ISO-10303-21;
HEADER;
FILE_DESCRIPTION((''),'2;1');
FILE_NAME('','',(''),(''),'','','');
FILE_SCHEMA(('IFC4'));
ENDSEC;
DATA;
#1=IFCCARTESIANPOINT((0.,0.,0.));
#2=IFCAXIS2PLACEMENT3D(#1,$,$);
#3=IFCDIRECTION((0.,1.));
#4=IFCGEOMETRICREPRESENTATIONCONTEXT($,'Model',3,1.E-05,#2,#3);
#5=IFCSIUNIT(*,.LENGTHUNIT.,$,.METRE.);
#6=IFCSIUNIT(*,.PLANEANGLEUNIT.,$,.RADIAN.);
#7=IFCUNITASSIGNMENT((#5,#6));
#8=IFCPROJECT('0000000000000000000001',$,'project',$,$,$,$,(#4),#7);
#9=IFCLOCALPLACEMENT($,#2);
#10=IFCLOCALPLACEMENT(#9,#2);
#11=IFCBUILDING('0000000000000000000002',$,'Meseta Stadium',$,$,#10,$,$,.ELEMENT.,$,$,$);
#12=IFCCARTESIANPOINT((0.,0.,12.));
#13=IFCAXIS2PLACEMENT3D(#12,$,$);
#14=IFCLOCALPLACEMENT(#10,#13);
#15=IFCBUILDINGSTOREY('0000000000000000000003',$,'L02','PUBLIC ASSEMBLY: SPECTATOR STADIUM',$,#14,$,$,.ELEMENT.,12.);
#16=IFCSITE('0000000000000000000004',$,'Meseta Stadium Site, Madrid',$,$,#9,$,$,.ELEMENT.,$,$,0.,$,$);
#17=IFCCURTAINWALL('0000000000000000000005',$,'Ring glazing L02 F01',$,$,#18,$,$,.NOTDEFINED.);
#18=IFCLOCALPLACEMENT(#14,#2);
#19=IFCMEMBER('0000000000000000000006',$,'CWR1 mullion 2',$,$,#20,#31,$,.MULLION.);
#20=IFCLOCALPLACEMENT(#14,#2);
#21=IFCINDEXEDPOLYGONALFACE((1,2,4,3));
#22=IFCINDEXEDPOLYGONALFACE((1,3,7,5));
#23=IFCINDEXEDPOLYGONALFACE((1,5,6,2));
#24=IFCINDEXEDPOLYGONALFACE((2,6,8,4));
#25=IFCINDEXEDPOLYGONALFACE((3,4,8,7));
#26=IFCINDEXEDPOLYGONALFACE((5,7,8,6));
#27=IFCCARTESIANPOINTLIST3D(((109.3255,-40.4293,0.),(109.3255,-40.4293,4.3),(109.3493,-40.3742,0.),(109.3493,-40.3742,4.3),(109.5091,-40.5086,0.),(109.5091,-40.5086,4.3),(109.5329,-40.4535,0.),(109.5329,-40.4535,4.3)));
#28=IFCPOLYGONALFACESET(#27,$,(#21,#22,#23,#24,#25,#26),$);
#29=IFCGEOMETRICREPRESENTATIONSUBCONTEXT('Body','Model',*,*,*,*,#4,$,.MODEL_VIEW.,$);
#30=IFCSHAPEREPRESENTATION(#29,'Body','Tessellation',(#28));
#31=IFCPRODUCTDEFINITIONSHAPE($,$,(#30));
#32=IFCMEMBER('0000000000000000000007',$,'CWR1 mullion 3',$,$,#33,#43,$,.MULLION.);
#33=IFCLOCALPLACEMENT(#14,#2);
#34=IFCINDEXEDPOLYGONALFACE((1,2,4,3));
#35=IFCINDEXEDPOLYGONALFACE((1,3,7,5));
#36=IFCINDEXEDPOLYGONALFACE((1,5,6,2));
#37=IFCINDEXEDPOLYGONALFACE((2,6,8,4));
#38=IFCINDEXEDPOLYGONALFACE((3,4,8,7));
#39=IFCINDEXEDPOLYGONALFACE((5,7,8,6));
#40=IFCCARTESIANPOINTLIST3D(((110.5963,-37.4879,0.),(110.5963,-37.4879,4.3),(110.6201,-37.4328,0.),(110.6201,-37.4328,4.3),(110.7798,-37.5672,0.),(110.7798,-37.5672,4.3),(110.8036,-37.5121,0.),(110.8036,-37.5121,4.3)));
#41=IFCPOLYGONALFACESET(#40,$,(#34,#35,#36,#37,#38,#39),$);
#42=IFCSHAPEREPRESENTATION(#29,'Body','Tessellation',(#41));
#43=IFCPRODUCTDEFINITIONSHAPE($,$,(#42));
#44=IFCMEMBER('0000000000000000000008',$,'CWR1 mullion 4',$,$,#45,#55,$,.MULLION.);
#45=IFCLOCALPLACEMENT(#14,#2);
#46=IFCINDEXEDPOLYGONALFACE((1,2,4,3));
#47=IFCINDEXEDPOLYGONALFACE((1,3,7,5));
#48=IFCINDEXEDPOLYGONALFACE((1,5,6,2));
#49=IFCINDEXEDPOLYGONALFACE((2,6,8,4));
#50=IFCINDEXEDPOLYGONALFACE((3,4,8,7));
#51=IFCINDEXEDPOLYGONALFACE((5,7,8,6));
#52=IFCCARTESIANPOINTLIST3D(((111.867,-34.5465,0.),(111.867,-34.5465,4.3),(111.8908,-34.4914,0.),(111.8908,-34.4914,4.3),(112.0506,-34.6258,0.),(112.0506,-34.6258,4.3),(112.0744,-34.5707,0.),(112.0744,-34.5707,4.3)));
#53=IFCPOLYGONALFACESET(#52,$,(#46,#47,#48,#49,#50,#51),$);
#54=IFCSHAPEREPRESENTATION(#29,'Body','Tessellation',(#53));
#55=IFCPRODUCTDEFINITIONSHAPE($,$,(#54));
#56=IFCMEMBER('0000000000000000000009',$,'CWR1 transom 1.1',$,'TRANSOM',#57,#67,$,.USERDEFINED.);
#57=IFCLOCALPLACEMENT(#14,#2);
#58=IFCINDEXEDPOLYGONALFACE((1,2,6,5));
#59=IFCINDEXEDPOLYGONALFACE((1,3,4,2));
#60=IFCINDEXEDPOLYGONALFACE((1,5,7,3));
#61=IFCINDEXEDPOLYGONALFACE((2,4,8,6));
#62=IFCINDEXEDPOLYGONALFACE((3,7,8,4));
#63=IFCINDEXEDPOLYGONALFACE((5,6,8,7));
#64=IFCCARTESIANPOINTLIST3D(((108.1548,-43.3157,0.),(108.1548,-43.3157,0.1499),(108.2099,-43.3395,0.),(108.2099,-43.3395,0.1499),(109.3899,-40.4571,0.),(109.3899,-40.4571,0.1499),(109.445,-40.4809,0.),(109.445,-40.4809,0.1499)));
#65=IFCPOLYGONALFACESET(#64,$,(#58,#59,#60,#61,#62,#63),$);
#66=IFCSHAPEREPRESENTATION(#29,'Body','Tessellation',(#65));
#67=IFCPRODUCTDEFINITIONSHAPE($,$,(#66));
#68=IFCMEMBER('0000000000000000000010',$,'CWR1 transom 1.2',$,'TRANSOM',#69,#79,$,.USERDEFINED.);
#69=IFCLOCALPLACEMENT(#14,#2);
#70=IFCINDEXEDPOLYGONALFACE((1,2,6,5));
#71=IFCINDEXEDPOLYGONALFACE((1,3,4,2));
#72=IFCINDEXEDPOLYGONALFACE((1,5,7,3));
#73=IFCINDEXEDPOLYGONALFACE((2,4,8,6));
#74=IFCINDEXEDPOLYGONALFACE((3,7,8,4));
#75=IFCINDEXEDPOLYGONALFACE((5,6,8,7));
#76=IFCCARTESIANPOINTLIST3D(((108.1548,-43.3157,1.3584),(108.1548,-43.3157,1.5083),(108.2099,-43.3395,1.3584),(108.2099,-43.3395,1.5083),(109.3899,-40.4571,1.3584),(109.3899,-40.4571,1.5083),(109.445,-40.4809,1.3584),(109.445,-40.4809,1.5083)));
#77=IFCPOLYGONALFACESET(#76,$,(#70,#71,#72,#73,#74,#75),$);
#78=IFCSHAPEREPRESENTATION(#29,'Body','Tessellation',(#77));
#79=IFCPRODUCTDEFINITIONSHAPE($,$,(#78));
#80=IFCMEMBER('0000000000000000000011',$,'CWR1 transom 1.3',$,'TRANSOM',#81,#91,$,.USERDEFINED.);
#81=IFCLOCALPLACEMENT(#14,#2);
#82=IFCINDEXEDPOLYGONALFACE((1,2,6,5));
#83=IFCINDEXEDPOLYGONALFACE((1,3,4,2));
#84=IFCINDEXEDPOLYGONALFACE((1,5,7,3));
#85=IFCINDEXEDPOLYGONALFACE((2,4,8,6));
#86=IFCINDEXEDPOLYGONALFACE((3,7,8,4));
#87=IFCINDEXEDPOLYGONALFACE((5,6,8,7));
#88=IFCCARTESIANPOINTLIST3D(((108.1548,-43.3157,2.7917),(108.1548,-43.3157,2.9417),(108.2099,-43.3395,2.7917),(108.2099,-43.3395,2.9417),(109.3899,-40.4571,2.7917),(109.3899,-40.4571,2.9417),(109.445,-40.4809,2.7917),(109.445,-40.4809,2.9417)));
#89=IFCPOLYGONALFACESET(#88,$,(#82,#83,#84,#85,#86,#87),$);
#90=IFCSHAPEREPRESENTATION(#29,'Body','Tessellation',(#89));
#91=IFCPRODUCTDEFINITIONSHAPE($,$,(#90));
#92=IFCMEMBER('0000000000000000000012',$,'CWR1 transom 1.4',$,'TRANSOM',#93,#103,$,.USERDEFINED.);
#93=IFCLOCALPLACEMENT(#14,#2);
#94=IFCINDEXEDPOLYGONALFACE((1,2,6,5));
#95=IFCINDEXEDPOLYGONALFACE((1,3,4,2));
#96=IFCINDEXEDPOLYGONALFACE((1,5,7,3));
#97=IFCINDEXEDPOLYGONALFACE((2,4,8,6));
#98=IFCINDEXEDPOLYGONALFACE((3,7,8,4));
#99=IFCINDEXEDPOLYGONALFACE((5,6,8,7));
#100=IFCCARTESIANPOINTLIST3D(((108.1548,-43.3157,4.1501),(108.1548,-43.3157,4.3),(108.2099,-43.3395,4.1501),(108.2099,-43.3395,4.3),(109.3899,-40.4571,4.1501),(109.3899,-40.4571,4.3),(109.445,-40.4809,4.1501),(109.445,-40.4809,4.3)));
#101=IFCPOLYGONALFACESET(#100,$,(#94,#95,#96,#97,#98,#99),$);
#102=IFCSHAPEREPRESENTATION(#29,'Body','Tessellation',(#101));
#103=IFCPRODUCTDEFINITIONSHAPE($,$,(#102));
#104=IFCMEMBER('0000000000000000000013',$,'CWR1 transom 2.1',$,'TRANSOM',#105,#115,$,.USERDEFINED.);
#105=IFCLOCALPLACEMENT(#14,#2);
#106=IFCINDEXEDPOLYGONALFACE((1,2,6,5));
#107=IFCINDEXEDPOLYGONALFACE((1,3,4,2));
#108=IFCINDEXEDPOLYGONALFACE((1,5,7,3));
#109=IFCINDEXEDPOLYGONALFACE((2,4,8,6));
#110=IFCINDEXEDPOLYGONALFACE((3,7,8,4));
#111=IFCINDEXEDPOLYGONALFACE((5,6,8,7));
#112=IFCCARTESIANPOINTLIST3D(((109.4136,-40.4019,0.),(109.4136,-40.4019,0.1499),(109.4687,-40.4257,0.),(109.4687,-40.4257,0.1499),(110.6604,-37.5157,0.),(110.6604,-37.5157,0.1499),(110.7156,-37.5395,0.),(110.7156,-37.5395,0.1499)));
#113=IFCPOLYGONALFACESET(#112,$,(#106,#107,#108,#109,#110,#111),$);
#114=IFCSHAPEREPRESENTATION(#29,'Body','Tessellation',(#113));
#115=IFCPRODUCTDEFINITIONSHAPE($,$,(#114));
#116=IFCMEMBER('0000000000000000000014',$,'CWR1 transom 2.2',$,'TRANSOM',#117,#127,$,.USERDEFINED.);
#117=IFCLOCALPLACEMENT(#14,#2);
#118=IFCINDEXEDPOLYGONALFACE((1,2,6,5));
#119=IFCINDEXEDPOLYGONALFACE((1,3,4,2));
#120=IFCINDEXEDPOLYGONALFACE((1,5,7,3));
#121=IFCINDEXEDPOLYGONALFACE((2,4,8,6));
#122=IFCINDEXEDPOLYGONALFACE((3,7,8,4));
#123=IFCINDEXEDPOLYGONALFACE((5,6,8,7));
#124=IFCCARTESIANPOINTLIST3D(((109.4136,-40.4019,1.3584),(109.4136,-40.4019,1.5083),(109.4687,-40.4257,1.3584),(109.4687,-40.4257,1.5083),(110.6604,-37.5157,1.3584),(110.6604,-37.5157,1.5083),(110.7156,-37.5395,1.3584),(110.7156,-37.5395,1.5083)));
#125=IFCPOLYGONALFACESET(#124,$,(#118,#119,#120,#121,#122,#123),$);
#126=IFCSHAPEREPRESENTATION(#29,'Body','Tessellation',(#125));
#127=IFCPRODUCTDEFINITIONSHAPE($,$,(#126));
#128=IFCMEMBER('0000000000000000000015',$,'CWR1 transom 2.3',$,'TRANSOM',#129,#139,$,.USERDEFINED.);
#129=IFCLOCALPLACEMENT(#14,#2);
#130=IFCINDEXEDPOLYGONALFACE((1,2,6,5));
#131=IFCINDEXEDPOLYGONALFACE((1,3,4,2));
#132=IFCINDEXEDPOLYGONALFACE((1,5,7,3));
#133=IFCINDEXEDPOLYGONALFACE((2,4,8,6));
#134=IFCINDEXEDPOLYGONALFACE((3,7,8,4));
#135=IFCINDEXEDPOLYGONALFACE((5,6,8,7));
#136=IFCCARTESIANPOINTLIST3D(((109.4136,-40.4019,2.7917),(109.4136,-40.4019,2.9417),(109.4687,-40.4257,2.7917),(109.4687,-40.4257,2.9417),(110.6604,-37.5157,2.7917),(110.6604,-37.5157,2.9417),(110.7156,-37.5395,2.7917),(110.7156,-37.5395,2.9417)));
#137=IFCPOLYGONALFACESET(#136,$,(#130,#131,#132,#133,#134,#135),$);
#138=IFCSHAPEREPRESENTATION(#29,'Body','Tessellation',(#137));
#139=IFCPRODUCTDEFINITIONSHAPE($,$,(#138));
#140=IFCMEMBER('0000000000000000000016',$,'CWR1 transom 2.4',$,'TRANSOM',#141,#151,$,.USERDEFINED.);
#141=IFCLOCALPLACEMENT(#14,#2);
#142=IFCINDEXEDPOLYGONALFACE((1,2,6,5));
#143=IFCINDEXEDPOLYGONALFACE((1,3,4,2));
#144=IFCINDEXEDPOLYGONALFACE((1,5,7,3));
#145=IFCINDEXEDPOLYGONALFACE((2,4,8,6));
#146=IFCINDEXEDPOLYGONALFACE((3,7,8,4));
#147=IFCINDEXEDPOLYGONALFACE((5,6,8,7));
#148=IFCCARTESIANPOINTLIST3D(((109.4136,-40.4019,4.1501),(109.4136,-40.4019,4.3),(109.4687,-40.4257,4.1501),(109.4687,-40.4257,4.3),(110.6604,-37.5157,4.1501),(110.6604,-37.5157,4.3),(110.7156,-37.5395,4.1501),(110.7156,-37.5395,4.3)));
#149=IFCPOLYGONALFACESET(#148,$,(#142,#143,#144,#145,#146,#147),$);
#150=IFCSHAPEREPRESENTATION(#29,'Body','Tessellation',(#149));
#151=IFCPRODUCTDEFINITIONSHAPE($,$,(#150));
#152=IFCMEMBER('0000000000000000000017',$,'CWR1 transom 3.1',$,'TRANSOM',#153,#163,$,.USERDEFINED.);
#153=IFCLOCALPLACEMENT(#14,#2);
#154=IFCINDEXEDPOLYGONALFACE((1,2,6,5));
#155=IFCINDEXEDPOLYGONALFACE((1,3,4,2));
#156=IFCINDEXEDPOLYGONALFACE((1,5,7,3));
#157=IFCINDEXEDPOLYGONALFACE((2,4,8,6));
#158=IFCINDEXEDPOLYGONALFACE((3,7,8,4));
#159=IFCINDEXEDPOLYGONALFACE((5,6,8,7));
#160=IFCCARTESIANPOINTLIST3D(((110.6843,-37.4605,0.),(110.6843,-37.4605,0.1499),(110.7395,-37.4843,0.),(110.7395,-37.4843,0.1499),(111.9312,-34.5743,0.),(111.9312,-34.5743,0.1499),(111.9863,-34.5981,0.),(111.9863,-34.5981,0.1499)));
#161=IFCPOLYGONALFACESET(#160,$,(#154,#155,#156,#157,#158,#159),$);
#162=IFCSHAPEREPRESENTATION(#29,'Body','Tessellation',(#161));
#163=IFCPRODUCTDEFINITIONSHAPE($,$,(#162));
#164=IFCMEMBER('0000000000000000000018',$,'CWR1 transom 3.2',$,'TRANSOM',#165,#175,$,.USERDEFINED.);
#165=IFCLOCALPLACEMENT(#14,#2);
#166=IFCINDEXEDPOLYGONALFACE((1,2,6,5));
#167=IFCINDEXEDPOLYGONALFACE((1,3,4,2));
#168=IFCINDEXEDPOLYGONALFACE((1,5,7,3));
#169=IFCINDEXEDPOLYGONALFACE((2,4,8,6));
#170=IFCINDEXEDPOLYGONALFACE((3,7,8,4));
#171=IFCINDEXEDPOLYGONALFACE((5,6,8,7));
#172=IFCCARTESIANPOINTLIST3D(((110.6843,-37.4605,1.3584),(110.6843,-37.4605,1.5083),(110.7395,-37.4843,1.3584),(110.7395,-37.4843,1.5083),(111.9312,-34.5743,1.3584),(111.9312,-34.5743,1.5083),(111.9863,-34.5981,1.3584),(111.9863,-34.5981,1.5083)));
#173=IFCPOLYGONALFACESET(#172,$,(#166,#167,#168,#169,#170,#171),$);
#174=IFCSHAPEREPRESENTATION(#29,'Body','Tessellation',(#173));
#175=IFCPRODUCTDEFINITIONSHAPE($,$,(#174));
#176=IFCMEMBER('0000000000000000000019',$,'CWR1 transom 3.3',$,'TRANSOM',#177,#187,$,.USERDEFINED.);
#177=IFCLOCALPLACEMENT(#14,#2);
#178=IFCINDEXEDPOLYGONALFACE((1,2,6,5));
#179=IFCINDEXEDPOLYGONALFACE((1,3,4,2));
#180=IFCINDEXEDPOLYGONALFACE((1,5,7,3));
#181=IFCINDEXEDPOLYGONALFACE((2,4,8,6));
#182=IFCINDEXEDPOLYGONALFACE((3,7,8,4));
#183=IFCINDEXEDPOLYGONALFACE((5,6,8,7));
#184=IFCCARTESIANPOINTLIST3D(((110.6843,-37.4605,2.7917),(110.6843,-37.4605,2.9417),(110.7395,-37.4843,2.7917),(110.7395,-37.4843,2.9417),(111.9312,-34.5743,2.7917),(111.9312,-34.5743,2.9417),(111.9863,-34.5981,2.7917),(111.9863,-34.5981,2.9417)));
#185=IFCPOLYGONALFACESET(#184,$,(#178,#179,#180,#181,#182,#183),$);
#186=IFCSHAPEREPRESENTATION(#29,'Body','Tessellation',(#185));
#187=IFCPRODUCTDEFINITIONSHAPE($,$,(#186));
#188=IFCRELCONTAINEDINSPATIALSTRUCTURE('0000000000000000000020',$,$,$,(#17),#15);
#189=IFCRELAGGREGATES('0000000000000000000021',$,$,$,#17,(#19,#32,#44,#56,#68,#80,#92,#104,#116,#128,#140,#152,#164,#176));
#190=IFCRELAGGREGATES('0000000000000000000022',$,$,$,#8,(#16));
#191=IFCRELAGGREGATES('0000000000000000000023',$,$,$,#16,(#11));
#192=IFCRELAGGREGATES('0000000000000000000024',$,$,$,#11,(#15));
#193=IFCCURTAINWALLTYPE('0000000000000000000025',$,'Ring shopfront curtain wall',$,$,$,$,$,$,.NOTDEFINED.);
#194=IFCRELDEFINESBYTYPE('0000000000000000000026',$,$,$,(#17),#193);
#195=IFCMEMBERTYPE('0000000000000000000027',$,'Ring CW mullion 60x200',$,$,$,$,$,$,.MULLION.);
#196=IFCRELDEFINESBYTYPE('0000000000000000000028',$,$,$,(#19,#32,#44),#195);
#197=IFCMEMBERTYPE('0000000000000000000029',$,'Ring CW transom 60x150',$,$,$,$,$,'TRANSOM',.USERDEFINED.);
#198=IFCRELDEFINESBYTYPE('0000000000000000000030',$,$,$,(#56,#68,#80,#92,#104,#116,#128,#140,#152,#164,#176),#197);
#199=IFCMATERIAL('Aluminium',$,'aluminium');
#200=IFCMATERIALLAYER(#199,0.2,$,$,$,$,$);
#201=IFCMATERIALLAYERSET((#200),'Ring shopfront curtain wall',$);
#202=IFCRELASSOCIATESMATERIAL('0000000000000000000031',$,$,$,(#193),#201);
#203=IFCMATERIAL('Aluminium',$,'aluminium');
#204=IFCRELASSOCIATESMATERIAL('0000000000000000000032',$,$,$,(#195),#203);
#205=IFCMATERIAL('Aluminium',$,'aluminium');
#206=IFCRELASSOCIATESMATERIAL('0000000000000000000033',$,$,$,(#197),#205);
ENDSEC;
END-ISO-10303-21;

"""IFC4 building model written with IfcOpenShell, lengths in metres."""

from ifc_helpers import new_model, si_unit, direction, frame, origin, origin_2d, place, context, subcontext, project, spatial, rectangle, extrude, material, layer, layer_set, material_profile, profile_set, type_object, element, aggregate, save


model = new_model("IFC4")

# Units and contexts
model_context = context("Model", 3, precision=1e-05, world=origin(), true_north=direction((0.0, 1.0)))
body_context = subcontext(model_context, "Body", "Model", "MODEL_VIEW")
ifc_project = project(units=[si_unit("LENGTHUNIT", "METRE"), si_unit("PLANEANGLEUNIT", "RADIAN")], contexts=[model_context])

# Site, building, storey
site_placement = place(None, origin())
site = spatial("IfcSite", under=ifc_project, at=site_placement, Name="Meseta Stadium Site, Madrid", CompositionType="ELEMENT", RefElevation=0.0)
building_placement = place(site_placement, origin())
building = spatial("IfcBuilding", under=site, at=building_placement, Name="Meseta Stadium", CompositionType="ELEMENT")
storey_placement = place(building_placement, frame((0.0, 0.0, 12.0)))
storey = spatial("IfcBuildingStorey", under=building, at=storey_placement, Name="L02", Description="PUBLIC ASSEMBLY: SPECTATOR STADIUM", CompositionType="ELEMENT", Elevation=12.0)

# Curtain wall, members
ifc_material_1 = material(Name="Aluminium", Category="aluminium")
ifc_layer_1 = layer(ifc_material_1, 0.2)
ifc_layer_set_1 = layer_set([ifc_layer_1], Name="Ring shopfront curtain wall")
curtain_wall_type = type_object("IfcCurtainWallType", Name="Ring shopfront curtain wall", PredefinedType="NOTDEFINED", material=ifc_layer_set_1)
curtain_wall_placement = place(storey_placement, origin())
curtain_wall = element("IfcCurtainWall", 1, at=curtain_wall_placement, inside=storey, type_object=curtain_wall_type, Name="Ring glazing L02 F01", PredefinedType="NOTDEFINED")
ifc_material_2 = material(Name="Aluminium", Category="aluminium")
ifc_material_profile_1 = material_profile(ifc_material_2, rectangle(XDim=0.2, YDim=0.0601, at=origin_2d()), Name="CW 200x60")
ifc_profile_set_1 = profile_set([ifc_material_profile_1], Name="Aluminium")
member_type_1 = type_object("IfcMemberType", Name="Ring CW mullion 60x200", PredefinedType="MULLION", material=ifc_profile_set_1)
member_1_placement = place(storey_placement, frame((109.4292, -40.4414, 0.0), z_axis=(0.0, 0.0, 1.0), x_axis=(-0.918, 0.396581, 0.0)))
member_1 = element("IfcMember", 2, at=member_1_placement, type_object=member_type_1, Name="CWR1 mullion 2", PredefinedType="MULLION", context=body_context, shape_type="SweptSolid", body=[
    extrude(rectangle(XDim=0.2, YDim=0.0601, at=origin_2d()), origin(), (0.0, 0.0, 1.0), 4.3),
])
member_2_placement = place(storey_placement, frame((110.7, -37.5, 0.0), z_axis=(0.0, 0.0, 1.0), x_axis=(-0.918, 0.396581, 0.0)))
member_2 = element("IfcMember", 3, at=member_2_placement, type_object=member_type_1, Name="CWR1 mullion 3", PredefinedType="MULLION", context=body_context, shape_type="SweptSolid", body=[
    extrude(rectangle(XDim=0.2, YDim=0.0601, at=origin_2d()), origin(), (0.0, 0.0, 1.0), 4.3),
])
member_3_placement = place(storey_placement, frame((111.9707, -34.5586, 0.0), z_axis=(0.0, 0.0, 1.0), x_axis=(-0.918, 0.396581, 0.0)))
member_3 = element("IfcMember", 4, at=member_3_placement, type_object=member_type_1, Name="CWR1 mullion 4", PredefinedType="MULLION", context=body_context, shape_type="SweptSolid", body=[
    extrude(rectangle(XDim=0.2, YDim=0.0601, at=origin_2d()), origin(), (0.0, 0.0, 1.0), 4.3),
])
ifc_material_3 = material(Name="Aluminium", Category="aluminium")
ifc_material_profile_2 = material_profile(ifc_material_3, rectangle(XDim=0.0601, YDim=0.1499, at=origin_2d()), Name="CW 60x150")
ifc_profile_set_2 = profile_set([ifc_material_profile_2], Name="Aluminium")
member_type_2 = type_object("IfcMemberType", Name="Ring CW transom 60x150", ElementType="TRANSOM", PredefinedType="USERDEFINED", material=ifc_profile_set_2)
member_4_placement = place(storey_placement, frame((108.1824, -43.3276, 0.075), z_axis=(0.396624, 0.917981, 0.0), x_axis=(-0.917981, 0.396624, 0.0)))
member_4 = element("IfcMember", 5, at=member_4_placement, type_object=member_type_2, Name="CWR1 transom 1.1", ObjectType="TRANSOM", PredefinedType="USERDEFINED", context=body_context, shape_type="SweptSolid", body=[
    extrude(rectangle(XDim=0.0601, YDim=0.1499, at=origin_2d()), origin(), (0.0, 0.0, 1.0), 3.114),
])
member_5_placement = place(storey_placement, frame((108.1824, -43.3276, 1.4333), z_axis=(0.396624, 0.917981, 0.0), x_axis=(-0.917981, 0.396624, 0.0)))
member_5 = element("IfcMember", 6, at=member_5_placement, type_object=member_type_2, Name="CWR1 transom 1.2", ObjectType="TRANSOM", PredefinedType="USERDEFINED", context=body_context, shape_type="SweptSolid", body=[
    extrude(rectangle(XDim=0.0601, YDim=0.1499, at=origin_2d()), origin(), (0.0, 0.0, 1.0), 3.114),
])
member_6_placement = place(storey_placement, frame((108.1824, -43.3276, 2.8667), z_axis=(0.396624, 0.917981, 0.0), x_axis=(-0.917981, 0.396624, 0.0)))
member_6 = element("IfcMember", 7, at=member_6_placement, type_object=member_type_2, Name="CWR1 transom 1.3", ObjectType="TRANSOM", PredefinedType="USERDEFINED", context=body_context, shape_type="SweptSolid", body=[
    extrude(rectangle(XDim=0.0601, YDim=0.1499, at=origin_2d()), origin(), (0.0, 0.0, 1.0), 3.114),
])
member_7_placement = place(storey_placement, frame((108.1824, -43.3276, 4.2251), z_axis=(0.396624, 0.917981, 0.0), x_axis=(-0.917981, 0.396624, 0.0)))
member_7 = element("IfcMember", 8, at=member_7_placement, type_object=member_type_2, Name="CWR1 transom 1.4", ObjectType="TRANSOM", PredefinedType="USERDEFINED", context=body_context, shape_type="SweptSolid", body=[
    extrude(rectangle(XDim=0.0601, YDim=0.1499, at=origin_2d()), origin(), (0.0, 0.0, 1.0), 3.114),
])
member_8_placement = place(storey_placement, frame((109.4412, -40.4138, 0.075), z_axis=(0.39657, 0.918005, 0.0), x_axis=(-0.918005, 0.39657, 0.0)))
member_8 = element("IfcMember", 9, at=member_8_placement, type_object=member_type_2, Name="CWR1 transom 2.1", ObjectType="TRANSOM", PredefinedType="USERDEFINED", context=body_context, shape_type="SweptSolid", body=[
    extrude(rectangle(XDim=0.0601, YDim=0.1499, at=origin_2d()), origin(), (0.0, 0.0, 1.0), 3.144),
])
member_9_placement = place(storey_placement, frame((109.4412, -40.4138, 1.4333), z_axis=(0.39657, 0.918005, 0.0), x_axis=(-0.918005, 0.39657, 0.0)))
member_9 = element("IfcMember", 10, at=member_9_placement, type_object=member_type_2, Name="CWR1 transom 2.2", ObjectType="TRANSOM", PredefinedType="USERDEFINED", context=body_context, shape_type="SweptSolid", body=[
    extrude(rectangle(XDim=0.0601, YDim=0.1499, at=origin_2d()), origin(), (0.0, 0.0, 1.0), 3.144),
])
member_10_placement = place(storey_placement, frame((109.4412, -40.4138, 2.8667), z_axis=(0.39657, 0.918005, 0.0), x_axis=(-0.918005, 0.39657, 0.0)))
member_10 = element("IfcMember", 11, at=member_10_placement, type_object=member_type_2, Name="CWR1 transom 2.3", ObjectType="TRANSOM", PredefinedType="USERDEFINED", context=body_context, shape_type="SweptSolid", body=[
    extrude(rectangle(XDim=0.0601, YDim=0.1499, at=origin_2d()), origin(), (0.0, 0.0, 1.0), 3.144),
])
member_11_placement = place(storey_placement, frame((109.4412, -40.4138, 4.2251), z_axis=(0.39657, 0.918005, 0.0), x_axis=(-0.918005, 0.39657, 0.0)))
member_11 = element("IfcMember", 12, at=member_11_placement, type_object=member_type_2, Name="CWR1 transom 2.4", ObjectType="TRANSOM", PredefinedType="USERDEFINED", context=body_context, shape_type="SweptSolid", body=[
    extrude(rectangle(XDim=0.0601, YDim=0.1499, at=origin_2d()), origin(), (0.0, 0.0, 1.0), 3.144),
])
member_12_placement = place(storey_placement, frame((110.7119, -37.4724, 0.075), z_axis=(0.39657, 0.918005, 0.0), x_axis=(-0.918005, 0.39657, 0.0)))
member_12 = element("IfcMember", 13, at=member_12_placement, type_object=member_type_2, Name="CWR1 transom 3.1", ObjectType="TRANSOM", PredefinedType="USERDEFINED", context=body_context, shape_type="SweptSolid", body=[
    extrude(rectangle(XDim=0.0601, YDim=0.1499, at=origin_2d()), origin(), (0.0, 0.0, 1.0), 3.144),
])
member_13_placement = place(storey_placement, frame((110.7119, -37.4724, 1.4333), z_axis=(0.39657, 0.918005, 0.0), x_axis=(-0.918005, 0.39657, 0.0)))
member_13 = element("IfcMember", 14, at=member_13_placement, type_object=member_type_2, Name="CWR1 transom 3.2", ObjectType="TRANSOM", PredefinedType="USERDEFINED", context=body_context, shape_type="SweptSolid", body=[
    extrude(rectangle(XDim=0.0601, YDim=0.1499, at=origin_2d()), origin(), (0.0, 0.0, 1.0), 3.144),
])
member_14_placement = place(storey_placement, frame((110.7119, -37.4724, 2.8667), z_axis=(0.39657, 0.918005, 0.0), x_axis=(-0.918005, 0.39657, 0.0)))
member_14 = element("IfcMember", 15, at=member_14_placement, type_object=member_type_2, Name="CWR1 transom 3.3", ObjectType="TRANSOM", PredefinedType="USERDEFINED", context=body_context, shape_type="SweptSolid", body=[
    extrude(rectangle(XDim=0.0601, YDim=0.1499, at=origin_2d()), origin(), (0.0, 0.0, 1.0), 3.144),
])
aggregate(curtain_wall, [member_1, member_2, member_3, member_4, member_5, member_6, member_7, member_8, member_9, member_10, member_11, member_12, member_13, member_14])

save(model, "model.ifc")
